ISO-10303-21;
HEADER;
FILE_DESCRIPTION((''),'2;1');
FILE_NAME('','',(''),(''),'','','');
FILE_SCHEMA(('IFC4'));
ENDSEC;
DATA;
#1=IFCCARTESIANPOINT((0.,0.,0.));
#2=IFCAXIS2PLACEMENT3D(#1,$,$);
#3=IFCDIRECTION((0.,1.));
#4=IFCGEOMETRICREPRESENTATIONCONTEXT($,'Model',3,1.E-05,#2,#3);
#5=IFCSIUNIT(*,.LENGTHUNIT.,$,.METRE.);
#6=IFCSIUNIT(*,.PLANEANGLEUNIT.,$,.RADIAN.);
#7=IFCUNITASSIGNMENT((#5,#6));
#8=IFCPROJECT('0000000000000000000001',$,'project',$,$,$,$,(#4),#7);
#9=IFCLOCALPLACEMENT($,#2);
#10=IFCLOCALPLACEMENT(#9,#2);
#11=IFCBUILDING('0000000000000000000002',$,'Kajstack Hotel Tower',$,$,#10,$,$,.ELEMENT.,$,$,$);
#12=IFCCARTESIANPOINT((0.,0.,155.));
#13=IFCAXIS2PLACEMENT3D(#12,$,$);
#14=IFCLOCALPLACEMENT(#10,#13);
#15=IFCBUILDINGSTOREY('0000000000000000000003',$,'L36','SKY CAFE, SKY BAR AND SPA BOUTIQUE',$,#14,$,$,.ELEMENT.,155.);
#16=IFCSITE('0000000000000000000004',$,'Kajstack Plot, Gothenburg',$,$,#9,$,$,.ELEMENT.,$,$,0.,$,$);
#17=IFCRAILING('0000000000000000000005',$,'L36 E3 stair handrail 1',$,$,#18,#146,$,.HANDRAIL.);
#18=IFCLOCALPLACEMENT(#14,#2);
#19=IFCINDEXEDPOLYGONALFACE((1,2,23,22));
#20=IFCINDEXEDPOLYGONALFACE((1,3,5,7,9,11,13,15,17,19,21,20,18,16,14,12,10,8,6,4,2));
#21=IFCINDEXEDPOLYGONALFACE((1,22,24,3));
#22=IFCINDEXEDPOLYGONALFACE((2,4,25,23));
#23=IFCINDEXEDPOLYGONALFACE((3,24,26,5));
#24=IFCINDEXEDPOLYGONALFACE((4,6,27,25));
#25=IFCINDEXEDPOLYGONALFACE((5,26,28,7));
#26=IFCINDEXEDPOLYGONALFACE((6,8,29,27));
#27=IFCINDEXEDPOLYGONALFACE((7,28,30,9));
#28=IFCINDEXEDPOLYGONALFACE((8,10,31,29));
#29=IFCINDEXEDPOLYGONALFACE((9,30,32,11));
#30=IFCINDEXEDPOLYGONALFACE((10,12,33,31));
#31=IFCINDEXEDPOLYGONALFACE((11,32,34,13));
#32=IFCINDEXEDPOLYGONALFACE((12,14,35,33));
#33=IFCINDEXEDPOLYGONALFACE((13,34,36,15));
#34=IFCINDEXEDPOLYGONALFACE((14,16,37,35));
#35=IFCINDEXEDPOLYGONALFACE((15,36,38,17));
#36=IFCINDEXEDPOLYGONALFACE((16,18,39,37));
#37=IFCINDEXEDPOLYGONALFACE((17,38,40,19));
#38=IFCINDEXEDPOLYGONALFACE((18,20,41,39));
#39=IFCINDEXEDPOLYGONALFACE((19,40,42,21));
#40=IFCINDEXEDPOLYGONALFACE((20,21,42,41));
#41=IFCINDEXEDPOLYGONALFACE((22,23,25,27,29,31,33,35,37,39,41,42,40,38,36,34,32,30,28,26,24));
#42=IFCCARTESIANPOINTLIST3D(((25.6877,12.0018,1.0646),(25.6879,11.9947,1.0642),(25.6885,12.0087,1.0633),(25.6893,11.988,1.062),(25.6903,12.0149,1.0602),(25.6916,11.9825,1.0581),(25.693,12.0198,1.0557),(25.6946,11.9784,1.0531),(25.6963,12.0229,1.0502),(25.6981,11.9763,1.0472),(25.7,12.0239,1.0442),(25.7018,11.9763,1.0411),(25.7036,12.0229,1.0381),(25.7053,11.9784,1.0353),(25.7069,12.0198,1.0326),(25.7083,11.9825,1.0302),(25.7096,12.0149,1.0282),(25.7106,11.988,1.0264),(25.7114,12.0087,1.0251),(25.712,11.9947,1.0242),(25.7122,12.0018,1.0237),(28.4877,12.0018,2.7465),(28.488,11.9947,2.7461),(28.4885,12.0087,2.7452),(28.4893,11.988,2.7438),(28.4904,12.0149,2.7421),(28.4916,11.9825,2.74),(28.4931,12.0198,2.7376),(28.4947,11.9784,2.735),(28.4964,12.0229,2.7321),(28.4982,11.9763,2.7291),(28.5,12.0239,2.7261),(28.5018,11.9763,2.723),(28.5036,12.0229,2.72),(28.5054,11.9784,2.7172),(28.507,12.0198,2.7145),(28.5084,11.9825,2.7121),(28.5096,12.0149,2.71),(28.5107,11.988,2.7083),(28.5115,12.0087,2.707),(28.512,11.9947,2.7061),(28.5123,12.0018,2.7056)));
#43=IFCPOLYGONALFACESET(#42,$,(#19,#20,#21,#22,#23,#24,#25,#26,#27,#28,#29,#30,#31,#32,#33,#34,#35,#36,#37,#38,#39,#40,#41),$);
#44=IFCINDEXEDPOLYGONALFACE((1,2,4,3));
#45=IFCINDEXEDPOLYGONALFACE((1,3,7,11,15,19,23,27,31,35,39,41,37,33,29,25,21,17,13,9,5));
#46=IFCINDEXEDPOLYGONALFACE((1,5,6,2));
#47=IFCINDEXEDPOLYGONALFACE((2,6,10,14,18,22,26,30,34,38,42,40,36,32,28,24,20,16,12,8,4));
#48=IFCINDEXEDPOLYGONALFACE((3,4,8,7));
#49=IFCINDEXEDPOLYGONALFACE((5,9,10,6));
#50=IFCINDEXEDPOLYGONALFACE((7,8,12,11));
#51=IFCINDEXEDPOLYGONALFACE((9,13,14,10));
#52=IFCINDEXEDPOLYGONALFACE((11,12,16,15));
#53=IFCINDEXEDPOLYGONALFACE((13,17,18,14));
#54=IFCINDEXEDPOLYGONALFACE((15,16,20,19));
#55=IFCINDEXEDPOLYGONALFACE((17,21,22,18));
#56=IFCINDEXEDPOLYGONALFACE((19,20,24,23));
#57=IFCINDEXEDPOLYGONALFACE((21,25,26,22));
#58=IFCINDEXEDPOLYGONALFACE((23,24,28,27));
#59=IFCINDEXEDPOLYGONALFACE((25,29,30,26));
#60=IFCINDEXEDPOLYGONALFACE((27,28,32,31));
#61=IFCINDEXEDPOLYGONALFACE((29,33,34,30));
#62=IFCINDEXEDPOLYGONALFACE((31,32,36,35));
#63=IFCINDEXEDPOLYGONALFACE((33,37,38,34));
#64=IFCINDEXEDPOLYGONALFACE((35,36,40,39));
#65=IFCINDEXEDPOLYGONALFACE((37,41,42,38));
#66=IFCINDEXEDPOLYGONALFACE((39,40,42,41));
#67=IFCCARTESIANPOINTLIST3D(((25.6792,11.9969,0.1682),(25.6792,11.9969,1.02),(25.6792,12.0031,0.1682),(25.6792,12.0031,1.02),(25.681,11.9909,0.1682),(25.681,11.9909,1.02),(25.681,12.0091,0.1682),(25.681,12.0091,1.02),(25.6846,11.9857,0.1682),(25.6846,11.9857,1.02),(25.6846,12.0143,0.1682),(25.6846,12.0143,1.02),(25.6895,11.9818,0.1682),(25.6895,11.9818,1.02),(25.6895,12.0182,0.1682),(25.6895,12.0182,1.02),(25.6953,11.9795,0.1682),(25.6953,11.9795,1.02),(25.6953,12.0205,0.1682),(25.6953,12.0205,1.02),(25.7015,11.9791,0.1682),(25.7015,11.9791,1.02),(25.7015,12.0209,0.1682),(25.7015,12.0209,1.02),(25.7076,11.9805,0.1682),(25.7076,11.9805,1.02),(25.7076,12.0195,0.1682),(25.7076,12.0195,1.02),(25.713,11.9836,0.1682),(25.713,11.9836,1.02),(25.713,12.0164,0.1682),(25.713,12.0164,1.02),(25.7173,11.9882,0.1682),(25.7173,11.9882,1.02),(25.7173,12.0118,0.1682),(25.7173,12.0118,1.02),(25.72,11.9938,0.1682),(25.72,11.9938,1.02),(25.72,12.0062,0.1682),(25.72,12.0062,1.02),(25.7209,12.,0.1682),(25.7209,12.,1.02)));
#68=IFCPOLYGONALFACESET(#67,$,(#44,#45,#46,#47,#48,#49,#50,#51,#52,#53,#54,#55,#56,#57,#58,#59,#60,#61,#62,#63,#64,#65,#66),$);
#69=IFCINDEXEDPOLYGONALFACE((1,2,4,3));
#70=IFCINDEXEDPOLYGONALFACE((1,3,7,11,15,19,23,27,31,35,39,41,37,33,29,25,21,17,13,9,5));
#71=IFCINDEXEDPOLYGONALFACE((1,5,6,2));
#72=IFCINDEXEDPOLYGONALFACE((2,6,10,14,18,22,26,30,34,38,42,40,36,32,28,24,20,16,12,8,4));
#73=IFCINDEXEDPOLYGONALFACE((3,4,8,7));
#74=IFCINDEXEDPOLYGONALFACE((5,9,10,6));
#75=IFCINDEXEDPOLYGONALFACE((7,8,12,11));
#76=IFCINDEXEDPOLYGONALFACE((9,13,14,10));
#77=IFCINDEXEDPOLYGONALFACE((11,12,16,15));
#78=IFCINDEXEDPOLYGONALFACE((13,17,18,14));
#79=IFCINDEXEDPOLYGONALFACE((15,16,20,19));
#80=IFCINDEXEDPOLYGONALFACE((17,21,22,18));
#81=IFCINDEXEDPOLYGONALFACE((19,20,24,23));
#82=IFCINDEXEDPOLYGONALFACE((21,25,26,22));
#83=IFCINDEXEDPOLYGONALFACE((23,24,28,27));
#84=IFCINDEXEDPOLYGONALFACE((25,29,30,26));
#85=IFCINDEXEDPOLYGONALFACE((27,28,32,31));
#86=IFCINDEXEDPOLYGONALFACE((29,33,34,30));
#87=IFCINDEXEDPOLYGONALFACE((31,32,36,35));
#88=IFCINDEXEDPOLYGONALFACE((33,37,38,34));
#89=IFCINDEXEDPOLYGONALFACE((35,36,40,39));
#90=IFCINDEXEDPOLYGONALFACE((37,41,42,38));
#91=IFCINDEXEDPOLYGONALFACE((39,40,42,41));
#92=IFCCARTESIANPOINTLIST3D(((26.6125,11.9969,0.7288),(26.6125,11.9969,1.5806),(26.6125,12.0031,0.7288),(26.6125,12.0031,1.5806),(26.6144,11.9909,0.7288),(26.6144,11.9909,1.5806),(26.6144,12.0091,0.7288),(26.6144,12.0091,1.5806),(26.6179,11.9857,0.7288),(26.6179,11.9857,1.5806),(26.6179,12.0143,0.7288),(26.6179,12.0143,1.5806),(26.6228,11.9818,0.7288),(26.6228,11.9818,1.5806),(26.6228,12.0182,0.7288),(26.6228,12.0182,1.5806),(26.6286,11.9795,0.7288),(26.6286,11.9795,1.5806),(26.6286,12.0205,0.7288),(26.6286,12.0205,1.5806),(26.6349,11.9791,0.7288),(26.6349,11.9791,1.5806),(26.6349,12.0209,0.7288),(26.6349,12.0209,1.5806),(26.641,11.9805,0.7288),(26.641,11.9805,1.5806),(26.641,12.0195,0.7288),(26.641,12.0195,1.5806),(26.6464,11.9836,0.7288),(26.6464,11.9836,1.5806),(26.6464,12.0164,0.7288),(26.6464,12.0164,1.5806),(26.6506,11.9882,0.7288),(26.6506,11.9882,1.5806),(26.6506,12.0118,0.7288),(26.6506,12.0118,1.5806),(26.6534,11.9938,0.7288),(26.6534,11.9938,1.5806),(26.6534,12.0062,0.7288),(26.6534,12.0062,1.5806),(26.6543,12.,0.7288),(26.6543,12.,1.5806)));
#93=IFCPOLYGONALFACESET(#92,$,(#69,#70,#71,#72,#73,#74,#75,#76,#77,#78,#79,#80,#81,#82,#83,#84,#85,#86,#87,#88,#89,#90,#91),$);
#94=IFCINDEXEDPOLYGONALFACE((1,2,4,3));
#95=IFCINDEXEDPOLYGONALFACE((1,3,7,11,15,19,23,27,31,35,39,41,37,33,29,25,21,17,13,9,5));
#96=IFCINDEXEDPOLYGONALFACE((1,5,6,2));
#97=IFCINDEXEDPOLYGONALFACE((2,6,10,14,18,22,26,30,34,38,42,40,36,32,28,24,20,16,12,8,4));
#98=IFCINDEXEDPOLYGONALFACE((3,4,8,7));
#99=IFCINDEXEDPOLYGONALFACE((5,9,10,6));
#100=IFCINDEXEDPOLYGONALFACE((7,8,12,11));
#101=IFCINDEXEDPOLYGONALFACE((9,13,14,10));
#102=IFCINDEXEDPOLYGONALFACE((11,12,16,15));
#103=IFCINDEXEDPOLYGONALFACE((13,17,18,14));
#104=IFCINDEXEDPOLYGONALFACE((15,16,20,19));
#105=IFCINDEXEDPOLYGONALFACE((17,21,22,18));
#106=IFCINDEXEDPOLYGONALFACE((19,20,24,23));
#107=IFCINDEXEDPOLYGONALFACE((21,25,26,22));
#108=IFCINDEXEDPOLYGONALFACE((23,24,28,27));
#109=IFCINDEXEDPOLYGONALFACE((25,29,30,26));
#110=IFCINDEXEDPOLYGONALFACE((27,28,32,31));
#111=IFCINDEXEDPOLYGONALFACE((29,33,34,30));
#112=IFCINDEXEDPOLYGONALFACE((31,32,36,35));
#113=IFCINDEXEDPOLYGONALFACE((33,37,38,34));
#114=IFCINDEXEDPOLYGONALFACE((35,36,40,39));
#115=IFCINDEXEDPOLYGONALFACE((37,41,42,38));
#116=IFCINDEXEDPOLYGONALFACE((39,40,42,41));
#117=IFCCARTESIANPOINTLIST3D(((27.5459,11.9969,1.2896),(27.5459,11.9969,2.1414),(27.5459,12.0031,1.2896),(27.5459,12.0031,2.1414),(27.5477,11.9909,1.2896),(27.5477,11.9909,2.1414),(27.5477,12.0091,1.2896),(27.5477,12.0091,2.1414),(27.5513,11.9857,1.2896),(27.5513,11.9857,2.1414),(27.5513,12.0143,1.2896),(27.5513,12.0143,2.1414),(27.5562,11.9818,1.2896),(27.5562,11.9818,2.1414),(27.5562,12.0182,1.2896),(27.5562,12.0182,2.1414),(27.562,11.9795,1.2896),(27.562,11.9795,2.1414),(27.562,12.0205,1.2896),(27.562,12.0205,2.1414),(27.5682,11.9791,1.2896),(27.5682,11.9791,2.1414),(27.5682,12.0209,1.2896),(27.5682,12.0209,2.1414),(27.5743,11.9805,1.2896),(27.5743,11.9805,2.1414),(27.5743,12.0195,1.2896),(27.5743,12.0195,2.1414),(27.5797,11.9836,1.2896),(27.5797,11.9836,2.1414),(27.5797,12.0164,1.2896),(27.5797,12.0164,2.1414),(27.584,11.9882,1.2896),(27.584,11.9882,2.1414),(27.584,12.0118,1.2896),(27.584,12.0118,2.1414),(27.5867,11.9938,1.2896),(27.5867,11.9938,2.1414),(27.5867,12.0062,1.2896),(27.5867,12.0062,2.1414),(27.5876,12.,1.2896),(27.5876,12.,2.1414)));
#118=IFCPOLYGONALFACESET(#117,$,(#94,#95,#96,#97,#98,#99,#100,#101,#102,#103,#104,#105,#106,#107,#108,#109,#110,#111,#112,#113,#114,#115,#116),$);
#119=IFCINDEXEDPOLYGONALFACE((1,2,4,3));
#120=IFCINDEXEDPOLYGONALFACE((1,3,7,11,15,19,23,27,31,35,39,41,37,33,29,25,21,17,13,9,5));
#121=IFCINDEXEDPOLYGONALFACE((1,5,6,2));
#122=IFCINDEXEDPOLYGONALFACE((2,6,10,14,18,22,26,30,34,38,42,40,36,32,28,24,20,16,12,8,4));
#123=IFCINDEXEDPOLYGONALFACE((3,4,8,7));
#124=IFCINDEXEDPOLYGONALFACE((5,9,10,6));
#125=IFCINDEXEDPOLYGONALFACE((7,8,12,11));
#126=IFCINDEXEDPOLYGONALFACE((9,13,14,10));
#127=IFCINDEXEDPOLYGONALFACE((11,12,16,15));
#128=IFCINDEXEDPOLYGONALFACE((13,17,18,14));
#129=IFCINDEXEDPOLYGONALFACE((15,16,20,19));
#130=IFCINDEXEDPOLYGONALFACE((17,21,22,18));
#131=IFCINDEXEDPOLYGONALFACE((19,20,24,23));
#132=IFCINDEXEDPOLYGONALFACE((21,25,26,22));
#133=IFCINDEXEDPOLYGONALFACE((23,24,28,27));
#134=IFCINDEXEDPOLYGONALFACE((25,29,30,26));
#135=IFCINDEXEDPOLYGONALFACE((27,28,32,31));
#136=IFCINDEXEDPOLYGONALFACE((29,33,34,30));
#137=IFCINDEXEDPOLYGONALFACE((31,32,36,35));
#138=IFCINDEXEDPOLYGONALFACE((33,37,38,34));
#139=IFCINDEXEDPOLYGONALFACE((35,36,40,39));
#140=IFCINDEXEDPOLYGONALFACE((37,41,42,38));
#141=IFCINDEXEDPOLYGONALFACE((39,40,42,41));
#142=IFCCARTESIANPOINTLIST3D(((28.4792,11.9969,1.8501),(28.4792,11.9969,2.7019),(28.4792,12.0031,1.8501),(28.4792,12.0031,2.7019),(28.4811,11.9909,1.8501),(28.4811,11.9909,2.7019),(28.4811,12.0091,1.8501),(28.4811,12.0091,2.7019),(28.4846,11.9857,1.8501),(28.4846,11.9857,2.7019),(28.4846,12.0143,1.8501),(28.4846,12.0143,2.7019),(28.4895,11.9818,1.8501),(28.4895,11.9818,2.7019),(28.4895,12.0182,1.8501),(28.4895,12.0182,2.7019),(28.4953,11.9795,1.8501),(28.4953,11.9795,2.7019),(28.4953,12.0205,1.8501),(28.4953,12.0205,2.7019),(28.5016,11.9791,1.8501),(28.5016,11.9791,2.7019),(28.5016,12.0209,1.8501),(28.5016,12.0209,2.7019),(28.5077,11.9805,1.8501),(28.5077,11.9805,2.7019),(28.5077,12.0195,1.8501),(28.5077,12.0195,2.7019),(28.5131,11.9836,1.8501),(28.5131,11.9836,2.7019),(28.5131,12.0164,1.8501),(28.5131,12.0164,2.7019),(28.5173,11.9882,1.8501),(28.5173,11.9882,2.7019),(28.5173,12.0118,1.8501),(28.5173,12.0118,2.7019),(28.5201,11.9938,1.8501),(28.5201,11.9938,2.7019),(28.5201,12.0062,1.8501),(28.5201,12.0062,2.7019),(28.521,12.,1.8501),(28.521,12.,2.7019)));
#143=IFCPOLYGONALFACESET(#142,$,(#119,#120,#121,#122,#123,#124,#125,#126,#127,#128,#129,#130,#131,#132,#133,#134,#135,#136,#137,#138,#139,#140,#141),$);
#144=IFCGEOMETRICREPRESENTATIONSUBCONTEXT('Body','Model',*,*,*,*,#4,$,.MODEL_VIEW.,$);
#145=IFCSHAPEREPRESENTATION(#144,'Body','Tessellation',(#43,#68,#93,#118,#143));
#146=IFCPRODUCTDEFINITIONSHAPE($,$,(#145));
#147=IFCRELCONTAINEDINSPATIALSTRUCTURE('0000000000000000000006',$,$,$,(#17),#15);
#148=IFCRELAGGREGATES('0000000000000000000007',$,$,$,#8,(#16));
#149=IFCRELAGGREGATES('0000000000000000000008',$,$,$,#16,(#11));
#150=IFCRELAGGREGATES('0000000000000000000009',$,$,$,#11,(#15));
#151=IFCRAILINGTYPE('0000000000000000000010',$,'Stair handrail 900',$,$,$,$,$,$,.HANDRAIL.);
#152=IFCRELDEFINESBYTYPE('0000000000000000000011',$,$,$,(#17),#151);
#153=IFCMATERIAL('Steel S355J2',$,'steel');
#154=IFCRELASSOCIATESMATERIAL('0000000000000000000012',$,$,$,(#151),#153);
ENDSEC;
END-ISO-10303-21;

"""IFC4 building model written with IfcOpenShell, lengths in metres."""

from ifc_helpers import new_model, si_unit, direction, frame, origin, origin_2d, place, context, subcontext, project, spatial, circle, extrude, material, type_object, element, save


model = new_model("IFC4")

# Units and contexts
model_context = context("Model", 3, precision=1e-05, world=origin(), true_north=direction((0.0, 1.0)))
body_context = subcontext(model_context, "Body", "Model", "MODEL_VIEW")
ifc_project = project(units=[si_unit("LENGTHUNIT", "METRE"), si_unit("PLANEANGLEUNIT", "RADIAN")], contexts=[model_context])

# Site, building, storey
site_placement = place(None, origin())
site = spatial("IfcSite", under=ifc_project, at=site_placement, Name="Kajstack Plot, Gothenburg", CompositionType="ELEMENT", RefElevation=0.0)
building_placement = place(site_placement, origin())
building = spatial("IfcBuilding", under=site, at=building_placement, Name="Kajstack Hotel Tower", CompositionType="ELEMENT")
storey_placement = place(building_placement, frame((0.0, 0.0, 155.0)))
storey = spatial("IfcBuildingStorey", under=building, at=storey_placement, Name="L36", Description="SKY CAFE, SKY BAR AND SPA BOUTIQUE", CompositionType="ELEMENT", Elevation=155.0)

# Railing
ifc_material_1 = material(Name="Steel S355J2", Category="steel")
railing_type_1 = type_object("IfcRailingType", Name="Stair handrail 900", PredefinedType="HANDRAIL", material=ifc_material_1)
for number, where, name in (
    (1, (25.7, 12.0, 0.1682), "L36 E3 stair handrail 1"),
):
    element("IfcRailing", number, at=place(storey_placement, frame(where)), inside=storey, type_object=railing_type_1, Name=name, PredefinedType="HANDRAIL", context=body_context, shape_type="SweptSolid", body=[
        extrude(circle(Radius=0.0239, at=origin_2d()), frame((0.0, 0.0, 0.876), z_axis=(0.857242, 0.0, 0.514913), x_axis=(0.0, 1.0, 0.0)), (0.0, 0.0, 1.0), 3.2664),
        extrude(circle(Radius=0.021, at=origin_2d()), origin(), (0.0, 0.0, 1.0), 0.8518),
        extrude(circle(Radius=0.021, at=origin_2d()), frame((0.9333, 0.0, 0.5605)), (0.0, 0.0, 1.0), 0.8518),
        extrude(circle(Radius=0.021, at=origin_2d()), frame((1.8667, 0.0, 1.1213)), (0.0, 0.0, 1.0), 0.8518),
        extrude(circle(Radius=0.021, at=origin_2d()), frame((2.8, 0.0, 1.6819)), (0.0, 0.0, 1.0), 0.8518),
    ])

save(model, "model.ifc")
